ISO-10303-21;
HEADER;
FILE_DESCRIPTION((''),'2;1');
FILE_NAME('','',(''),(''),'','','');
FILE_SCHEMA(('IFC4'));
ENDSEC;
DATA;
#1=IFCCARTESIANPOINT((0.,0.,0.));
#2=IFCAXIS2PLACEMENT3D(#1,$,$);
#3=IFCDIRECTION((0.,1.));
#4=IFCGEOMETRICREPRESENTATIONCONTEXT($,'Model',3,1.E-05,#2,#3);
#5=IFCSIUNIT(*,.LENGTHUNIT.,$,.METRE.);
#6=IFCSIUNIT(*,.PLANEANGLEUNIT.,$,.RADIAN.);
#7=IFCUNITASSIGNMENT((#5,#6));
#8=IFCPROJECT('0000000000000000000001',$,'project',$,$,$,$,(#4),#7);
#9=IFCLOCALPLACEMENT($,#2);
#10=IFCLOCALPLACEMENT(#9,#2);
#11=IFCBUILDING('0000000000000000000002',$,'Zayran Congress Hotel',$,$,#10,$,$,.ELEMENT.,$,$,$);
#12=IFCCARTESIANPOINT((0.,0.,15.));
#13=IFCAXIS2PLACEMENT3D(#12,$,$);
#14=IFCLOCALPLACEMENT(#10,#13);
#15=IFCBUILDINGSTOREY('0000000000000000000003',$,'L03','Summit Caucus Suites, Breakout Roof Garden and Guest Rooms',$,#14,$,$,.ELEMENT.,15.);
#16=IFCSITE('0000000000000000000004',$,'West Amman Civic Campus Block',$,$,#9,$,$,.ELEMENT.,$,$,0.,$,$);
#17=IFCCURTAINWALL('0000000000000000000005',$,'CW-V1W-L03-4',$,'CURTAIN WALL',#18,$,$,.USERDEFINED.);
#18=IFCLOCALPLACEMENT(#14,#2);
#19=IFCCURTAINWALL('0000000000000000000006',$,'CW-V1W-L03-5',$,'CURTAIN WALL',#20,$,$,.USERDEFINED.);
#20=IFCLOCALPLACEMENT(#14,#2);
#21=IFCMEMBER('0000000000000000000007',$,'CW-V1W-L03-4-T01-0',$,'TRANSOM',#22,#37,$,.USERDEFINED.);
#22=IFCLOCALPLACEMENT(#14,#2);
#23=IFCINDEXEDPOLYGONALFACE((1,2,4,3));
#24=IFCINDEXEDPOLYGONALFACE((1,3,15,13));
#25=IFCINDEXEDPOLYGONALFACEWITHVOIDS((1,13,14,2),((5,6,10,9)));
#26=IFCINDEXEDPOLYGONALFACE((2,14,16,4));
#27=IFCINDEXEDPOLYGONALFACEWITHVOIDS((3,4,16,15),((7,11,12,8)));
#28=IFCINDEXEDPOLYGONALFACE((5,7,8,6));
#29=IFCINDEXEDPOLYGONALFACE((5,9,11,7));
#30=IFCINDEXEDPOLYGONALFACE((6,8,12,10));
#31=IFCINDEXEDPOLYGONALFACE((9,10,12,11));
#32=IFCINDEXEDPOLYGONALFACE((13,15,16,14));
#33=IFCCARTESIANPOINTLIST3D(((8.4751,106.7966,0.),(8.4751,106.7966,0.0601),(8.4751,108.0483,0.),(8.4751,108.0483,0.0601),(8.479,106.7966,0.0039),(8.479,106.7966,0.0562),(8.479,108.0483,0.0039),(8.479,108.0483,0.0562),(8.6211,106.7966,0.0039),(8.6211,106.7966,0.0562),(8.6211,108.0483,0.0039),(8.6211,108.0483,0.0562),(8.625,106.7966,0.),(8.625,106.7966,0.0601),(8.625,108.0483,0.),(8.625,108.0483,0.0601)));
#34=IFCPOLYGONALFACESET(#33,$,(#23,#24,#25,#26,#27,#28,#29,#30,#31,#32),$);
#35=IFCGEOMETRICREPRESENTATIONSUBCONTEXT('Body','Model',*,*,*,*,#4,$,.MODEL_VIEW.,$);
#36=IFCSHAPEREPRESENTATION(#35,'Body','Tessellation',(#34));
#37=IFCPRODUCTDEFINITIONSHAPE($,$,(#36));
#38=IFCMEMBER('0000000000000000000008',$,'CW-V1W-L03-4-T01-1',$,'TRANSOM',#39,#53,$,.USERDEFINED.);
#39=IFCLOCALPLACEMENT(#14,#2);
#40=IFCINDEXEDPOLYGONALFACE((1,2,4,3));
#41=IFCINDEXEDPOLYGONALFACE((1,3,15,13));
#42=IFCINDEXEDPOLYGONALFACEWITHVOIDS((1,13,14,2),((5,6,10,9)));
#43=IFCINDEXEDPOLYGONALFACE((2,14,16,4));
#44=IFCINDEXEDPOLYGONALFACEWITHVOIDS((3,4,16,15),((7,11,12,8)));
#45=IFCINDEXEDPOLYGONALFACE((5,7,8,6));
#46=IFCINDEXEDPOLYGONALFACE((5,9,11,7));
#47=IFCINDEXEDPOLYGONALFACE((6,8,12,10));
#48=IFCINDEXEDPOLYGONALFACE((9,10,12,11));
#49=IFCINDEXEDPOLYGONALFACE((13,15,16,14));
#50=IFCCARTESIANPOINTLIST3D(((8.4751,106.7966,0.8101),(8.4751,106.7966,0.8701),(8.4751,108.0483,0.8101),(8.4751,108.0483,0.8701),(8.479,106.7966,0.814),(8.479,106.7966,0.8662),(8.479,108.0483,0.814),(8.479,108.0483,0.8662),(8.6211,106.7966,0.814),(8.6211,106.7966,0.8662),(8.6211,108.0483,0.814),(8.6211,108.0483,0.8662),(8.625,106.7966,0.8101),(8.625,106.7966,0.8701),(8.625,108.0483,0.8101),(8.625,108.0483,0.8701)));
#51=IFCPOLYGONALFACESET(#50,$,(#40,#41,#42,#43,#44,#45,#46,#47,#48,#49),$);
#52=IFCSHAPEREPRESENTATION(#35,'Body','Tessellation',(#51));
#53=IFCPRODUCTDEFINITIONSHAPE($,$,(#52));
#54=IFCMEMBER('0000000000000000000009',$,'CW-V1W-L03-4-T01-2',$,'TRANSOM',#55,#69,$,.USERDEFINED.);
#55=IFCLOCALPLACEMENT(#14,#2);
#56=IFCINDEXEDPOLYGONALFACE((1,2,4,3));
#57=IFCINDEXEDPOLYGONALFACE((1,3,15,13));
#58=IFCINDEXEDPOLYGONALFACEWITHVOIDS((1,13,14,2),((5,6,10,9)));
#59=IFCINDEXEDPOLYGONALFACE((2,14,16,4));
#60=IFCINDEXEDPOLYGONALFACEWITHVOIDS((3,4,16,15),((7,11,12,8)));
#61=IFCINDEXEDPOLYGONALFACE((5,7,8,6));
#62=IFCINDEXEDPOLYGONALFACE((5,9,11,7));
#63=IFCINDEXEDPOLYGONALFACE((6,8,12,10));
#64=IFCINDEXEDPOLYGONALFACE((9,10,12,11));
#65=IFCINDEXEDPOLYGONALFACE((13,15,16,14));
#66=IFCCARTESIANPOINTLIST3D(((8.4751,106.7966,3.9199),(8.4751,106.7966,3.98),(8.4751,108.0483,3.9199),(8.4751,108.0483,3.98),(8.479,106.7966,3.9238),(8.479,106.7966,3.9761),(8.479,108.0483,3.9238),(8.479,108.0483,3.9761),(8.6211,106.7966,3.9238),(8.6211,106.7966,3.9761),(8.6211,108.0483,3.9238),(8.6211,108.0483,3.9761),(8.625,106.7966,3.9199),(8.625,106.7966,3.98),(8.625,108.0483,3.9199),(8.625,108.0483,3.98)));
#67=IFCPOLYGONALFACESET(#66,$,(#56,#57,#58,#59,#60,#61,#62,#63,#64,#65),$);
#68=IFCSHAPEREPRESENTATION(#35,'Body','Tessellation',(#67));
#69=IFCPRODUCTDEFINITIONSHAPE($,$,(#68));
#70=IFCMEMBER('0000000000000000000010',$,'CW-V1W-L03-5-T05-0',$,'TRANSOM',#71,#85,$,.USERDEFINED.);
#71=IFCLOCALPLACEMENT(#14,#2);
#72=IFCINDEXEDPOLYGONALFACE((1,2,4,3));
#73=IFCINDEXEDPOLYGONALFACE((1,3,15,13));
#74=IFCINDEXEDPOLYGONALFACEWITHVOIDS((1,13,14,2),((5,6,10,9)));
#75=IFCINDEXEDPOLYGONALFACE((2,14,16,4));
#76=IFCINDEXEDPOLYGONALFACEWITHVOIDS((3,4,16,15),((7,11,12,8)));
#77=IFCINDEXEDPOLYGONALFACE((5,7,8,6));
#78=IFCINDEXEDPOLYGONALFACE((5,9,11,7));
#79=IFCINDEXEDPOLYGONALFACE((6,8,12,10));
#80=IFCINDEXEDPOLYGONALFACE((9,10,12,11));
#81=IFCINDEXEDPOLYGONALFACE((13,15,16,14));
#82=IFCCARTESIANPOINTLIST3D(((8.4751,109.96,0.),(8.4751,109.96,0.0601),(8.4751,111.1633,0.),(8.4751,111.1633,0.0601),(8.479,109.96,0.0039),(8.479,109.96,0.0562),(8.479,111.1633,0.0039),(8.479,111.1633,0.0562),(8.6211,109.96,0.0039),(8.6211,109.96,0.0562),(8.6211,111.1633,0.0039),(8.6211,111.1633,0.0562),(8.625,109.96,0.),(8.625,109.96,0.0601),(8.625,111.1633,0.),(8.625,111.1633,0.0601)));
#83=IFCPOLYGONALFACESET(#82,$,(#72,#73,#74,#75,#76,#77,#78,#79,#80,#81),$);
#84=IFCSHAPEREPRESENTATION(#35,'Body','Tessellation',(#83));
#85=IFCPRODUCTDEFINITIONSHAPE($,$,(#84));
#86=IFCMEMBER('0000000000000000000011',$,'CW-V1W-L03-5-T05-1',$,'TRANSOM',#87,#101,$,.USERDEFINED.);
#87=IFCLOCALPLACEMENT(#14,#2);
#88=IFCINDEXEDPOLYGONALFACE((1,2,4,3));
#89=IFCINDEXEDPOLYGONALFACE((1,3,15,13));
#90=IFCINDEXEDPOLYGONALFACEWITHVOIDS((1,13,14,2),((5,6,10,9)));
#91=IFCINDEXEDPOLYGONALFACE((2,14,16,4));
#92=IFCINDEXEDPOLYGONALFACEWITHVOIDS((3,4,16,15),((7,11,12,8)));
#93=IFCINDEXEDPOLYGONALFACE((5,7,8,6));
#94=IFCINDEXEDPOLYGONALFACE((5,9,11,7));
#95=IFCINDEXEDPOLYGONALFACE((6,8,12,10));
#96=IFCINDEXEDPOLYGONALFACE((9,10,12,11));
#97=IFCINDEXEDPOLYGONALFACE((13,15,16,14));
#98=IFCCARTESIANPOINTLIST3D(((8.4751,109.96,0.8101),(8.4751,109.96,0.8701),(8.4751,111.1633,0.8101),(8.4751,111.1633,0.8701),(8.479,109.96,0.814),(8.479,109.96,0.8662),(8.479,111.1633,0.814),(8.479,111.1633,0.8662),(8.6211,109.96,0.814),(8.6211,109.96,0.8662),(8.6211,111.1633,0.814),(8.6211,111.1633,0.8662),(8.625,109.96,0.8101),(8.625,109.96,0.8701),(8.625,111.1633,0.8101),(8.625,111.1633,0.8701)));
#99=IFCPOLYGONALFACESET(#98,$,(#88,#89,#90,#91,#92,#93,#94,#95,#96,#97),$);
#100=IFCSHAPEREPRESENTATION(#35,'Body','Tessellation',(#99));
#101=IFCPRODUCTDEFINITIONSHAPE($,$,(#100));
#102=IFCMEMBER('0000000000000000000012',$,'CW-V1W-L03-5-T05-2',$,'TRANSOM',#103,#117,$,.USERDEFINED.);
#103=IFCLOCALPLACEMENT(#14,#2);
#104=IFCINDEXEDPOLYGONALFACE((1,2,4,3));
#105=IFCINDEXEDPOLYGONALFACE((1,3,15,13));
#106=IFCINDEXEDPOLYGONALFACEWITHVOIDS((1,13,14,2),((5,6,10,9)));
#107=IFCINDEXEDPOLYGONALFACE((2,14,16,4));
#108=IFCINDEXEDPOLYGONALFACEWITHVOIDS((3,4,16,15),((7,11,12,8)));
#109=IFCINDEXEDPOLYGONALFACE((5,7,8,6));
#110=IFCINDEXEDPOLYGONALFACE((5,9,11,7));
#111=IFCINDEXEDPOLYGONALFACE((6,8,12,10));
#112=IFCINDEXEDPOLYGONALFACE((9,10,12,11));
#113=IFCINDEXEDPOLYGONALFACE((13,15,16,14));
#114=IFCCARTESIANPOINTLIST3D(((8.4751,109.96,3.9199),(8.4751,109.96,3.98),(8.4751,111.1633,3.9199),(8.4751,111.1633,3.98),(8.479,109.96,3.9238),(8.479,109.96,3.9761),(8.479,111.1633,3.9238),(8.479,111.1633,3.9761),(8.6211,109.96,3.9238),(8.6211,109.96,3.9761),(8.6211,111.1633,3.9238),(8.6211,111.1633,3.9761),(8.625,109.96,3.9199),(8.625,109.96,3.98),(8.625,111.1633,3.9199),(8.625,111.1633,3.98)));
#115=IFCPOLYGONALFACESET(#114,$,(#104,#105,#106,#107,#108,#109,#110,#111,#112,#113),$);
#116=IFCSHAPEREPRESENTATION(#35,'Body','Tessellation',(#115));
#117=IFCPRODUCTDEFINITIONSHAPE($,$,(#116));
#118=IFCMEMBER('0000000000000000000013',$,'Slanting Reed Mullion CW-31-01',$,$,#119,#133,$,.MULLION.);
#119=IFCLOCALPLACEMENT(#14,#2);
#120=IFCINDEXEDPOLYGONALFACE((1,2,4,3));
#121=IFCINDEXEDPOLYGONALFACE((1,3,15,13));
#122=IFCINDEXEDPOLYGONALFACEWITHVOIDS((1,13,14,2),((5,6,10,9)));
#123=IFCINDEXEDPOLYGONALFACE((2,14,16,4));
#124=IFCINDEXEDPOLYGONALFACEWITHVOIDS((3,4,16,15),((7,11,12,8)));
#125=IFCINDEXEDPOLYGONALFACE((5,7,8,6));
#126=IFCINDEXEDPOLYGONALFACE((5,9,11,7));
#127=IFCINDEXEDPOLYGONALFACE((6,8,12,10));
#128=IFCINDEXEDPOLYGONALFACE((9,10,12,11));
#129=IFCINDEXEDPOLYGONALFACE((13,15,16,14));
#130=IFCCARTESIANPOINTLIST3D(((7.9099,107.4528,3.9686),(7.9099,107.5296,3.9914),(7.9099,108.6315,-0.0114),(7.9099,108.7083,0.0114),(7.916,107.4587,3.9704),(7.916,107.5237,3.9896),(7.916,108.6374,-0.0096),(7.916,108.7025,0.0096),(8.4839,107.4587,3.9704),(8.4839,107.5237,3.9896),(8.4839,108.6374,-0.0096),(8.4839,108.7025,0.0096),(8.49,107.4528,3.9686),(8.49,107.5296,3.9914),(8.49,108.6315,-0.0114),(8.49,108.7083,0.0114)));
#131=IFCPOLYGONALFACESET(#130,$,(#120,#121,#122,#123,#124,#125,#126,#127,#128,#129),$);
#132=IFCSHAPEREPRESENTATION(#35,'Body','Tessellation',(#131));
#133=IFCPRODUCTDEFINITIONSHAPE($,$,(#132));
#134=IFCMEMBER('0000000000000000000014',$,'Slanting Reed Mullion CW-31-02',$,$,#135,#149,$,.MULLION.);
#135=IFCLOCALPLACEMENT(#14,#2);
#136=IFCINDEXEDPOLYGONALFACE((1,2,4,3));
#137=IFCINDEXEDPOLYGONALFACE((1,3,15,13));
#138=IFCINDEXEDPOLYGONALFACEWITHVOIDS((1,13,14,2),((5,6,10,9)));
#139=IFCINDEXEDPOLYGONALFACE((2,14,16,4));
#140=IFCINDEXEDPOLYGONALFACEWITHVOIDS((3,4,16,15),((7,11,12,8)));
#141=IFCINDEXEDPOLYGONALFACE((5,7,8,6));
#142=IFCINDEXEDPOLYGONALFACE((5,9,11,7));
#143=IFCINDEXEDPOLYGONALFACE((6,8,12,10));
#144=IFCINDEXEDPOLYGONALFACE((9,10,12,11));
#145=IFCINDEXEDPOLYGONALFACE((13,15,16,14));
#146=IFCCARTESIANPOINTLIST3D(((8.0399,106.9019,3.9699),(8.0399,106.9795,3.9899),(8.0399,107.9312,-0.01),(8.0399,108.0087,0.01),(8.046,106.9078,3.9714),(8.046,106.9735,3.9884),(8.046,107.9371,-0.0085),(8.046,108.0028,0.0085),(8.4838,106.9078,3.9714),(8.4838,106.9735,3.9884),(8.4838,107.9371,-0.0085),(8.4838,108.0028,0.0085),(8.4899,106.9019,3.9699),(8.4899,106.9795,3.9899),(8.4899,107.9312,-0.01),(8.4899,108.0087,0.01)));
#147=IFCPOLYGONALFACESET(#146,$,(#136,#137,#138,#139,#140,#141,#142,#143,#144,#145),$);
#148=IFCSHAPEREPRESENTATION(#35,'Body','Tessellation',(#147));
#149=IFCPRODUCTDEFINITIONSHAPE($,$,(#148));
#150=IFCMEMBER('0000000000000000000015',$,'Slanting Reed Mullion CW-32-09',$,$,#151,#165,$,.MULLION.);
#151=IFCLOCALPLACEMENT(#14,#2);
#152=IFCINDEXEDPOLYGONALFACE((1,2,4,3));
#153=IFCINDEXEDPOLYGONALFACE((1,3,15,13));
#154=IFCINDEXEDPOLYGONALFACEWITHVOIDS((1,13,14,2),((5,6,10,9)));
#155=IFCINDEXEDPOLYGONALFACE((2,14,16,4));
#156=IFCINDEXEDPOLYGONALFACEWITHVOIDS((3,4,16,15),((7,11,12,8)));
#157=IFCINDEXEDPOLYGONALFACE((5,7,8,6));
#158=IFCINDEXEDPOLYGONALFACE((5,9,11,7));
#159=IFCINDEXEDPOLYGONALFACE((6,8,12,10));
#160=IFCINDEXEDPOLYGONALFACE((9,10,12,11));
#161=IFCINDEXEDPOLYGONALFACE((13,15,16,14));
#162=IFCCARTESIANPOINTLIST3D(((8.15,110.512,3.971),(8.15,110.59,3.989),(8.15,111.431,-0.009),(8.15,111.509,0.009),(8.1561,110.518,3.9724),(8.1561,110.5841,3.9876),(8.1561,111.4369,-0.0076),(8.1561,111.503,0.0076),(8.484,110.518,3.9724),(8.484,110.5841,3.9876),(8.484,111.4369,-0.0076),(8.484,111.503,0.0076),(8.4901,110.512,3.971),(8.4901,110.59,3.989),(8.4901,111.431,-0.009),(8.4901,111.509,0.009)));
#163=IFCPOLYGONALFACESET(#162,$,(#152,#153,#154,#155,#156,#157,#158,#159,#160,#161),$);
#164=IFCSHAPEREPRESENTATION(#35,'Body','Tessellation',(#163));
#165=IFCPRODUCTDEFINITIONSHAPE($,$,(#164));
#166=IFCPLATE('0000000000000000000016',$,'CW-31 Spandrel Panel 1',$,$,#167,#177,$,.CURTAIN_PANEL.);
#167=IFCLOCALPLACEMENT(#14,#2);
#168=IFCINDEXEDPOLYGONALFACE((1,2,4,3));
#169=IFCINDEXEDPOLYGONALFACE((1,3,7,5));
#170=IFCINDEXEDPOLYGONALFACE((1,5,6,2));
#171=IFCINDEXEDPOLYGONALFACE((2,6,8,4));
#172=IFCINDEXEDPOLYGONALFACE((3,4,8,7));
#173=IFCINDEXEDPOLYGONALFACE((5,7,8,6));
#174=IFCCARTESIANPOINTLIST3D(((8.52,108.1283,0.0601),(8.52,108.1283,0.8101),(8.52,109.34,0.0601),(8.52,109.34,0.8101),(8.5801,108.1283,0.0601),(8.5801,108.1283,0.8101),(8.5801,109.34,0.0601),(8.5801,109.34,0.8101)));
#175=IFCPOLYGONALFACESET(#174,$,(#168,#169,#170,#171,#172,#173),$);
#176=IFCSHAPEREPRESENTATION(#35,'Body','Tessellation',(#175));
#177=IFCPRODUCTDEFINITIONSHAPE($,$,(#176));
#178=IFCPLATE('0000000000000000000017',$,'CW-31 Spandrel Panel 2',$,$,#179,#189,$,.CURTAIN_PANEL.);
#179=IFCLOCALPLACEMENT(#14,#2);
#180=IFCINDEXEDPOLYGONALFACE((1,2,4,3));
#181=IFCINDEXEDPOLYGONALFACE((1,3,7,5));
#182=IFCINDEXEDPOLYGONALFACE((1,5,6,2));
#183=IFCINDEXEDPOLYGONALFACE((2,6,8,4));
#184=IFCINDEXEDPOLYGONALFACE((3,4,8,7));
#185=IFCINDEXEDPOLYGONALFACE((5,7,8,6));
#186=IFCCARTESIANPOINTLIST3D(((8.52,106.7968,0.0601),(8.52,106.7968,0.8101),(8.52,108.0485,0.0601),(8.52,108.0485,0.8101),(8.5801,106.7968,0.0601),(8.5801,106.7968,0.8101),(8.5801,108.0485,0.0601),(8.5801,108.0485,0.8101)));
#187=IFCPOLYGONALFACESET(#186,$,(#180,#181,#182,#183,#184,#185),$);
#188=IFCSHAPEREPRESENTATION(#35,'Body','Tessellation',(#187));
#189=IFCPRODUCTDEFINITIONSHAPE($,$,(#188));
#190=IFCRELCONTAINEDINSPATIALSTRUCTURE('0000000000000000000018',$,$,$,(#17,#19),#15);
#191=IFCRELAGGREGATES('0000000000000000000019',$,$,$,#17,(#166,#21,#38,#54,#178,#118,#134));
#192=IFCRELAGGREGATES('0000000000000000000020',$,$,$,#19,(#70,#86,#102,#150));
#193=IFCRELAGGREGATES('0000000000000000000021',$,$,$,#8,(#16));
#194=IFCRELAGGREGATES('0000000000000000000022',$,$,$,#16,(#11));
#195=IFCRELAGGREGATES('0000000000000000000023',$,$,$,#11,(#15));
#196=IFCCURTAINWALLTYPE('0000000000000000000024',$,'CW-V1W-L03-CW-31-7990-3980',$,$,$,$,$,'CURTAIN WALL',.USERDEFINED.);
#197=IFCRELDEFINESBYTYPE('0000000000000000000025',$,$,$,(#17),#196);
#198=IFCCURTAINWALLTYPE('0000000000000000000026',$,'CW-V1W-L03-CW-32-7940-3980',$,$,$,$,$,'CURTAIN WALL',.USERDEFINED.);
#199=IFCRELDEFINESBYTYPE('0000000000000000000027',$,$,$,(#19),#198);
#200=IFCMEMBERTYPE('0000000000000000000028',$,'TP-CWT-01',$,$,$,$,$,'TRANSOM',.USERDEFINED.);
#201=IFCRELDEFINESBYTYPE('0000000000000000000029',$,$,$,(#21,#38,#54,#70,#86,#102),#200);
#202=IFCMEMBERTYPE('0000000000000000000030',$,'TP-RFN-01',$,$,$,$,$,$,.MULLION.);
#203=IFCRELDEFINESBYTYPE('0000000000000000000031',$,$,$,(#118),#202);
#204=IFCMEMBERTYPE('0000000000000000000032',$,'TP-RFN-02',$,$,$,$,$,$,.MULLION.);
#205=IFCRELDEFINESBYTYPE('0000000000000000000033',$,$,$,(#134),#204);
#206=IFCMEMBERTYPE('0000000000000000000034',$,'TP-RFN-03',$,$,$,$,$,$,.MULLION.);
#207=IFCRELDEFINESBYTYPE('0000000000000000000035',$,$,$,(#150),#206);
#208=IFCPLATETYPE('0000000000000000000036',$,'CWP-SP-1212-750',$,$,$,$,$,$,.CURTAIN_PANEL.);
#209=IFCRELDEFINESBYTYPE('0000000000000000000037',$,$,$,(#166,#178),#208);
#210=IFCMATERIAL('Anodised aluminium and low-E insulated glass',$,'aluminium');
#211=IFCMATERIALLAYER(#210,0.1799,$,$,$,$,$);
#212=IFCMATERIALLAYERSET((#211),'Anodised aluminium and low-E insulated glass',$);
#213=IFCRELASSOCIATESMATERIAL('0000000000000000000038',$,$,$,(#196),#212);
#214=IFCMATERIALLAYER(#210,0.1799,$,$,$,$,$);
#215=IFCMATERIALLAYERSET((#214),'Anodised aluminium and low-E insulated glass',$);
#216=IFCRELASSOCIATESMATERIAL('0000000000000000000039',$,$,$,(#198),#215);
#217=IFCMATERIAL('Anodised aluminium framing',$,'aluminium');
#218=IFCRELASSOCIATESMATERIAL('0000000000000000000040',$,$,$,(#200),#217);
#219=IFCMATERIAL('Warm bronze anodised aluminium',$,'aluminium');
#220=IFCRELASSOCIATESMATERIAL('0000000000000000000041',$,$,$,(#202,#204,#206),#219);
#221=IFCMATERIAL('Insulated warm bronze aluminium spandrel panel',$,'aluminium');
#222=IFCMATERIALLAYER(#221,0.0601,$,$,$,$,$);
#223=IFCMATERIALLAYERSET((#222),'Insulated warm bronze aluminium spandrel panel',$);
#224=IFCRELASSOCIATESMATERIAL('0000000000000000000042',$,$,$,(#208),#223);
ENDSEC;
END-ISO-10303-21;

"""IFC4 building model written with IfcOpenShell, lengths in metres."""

from ifc_helpers import new_model, si_unit, direction, frame, origin, origin_2d, place, context, subcontext, project, spatial, rectangle, hollow_rectangle, extrude, material, layer, layer_set, material_profile, profile_set, type_object, element, aggregate, save


model = new_model("IFC4")

# Units and contexts
model_context = context("Model", 3, precision=1e-05, world=origin(), true_north=direction((0.0, 1.0)))
body_context = subcontext(model_context, "Body", "Model", "MODEL_VIEW")
ifc_project = project(units=[si_unit("LENGTHUNIT", "METRE"), si_unit("PLANEANGLEUNIT", "RADIAN")], contexts=[model_context])

# Site, building, storey
site_placement = place(None, origin())
site = spatial("IfcSite", under=ifc_project, at=site_placement, Name="West Amman Civic Campus Block", CompositionType="ELEMENT", RefElevation=0.0)
building_placement = place(site_placement, origin())
building = spatial("IfcBuilding", under=site, at=building_placement, Name="Zayran Congress Hotel", CompositionType="ELEMENT")
storey_placement = place(building_placement, frame((0.0, 0.0, 15.0)))
storey = spatial("IfcBuildingStorey", under=building, at=storey_placement, Name="L03", Description="Summit Caucus Suites, Breakout Roof Garden and Guest Rooms", CompositionType="ELEMENT", Elevation=15.0)

# Curtain walls
ifc_material_1 = material(Name="Anodised aluminium and low-E insulated glass", Category="aluminium")
ifc_layer_1 = layer(ifc_material_1, 0.1799)
ifc_layer_set_1 = layer_set([ifc_layer_1], Name="Anodised aluminium and low-E insulated glass")
curtain_wall_type_1 = type_object("IfcCurtainWallType", Name="CW-V1W-L03-CW-31-7990-3980", ElementType="CURTAIN WALL", PredefinedType="USERDEFINED", material=ifc_layer_set_1)
curtain_wall_1_placement = place(storey_placement, origin())
curtain_wall_1 = element("IfcCurtainWall", 1, at=curtain_wall_1_placement, inside=storey, type_object=curtain_wall_type_1, Name="CW-V1W-L03-4", ObjectType="CURTAIN WALL", PredefinedType="USERDEFINED")
ifc_material_2 = material(Name="Anodised aluminium framing", Category="aluminium")
ifc_layer_2 = layer(ifc_material_1, 0.1799)
ifc_layer_set_2 = layer_set([ifc_layer_2], Name="Anodised aluminium and low-E insulated glass")
curtain_wall_type_2 = type_object("IfcCurtainWallType", Name="CW-V1W-L03-CW-32-7940-3980", ElementType="CURTAIN WALL", PredefinedType="USERDEFINED", material=ifc_layer_set_2)
curtain_wall_2_placement = place(storey_placement, origin())
curtain_wall_2 = element("IfcCurtainWall", 2, at=curtain_wall_2_placement, inside=storey, type_object=curtain_wall_type_2, Name="CW-V1W-L03-5", ObjectType="CURTAIN WALL", PredefinedType="USERDEFINED")

# Members
ifc_material_profile_1 = material_profile(ifc_material_2, hollow_rectangle(XDim=0.0601, YDim=0.1499, WallThickness=0.0039, at=origin_2d()), Name="RHS 150x60x4")
ifc_profile_set_1 = profile_set([ifc_material_profile_1], Name="Anodised aluminium framing")
member_type_1 = type_object("IfcMemberType", Name="TP-CWT-01", ElementType="TRANSOM", PredefinedType="USERDEFINED", material=ifc_profile_set_1)
member_1_placement = place(storey_placement, frame((8.55, 108.0483, 0.03), z_axis=(0.0, -1.0, 0.0), x_axis=(0.0, 0.0, 1.0)))
member_1 = element("IfcMember", 3, at=member_1_placement, type_object=member_type_1, Name="CW-V1W-L03-4-T01-0", ObjectType="TRANSOM", PredefinedType="USERDEFINED", context=body_context, shape_type="SweptSolid", body=[
    extrude(hollow_rectangle(XDim=0.0601, YDim=0.1499, WallThickness=0.0039, at=origin_2d()), origin(), (0.0, 0.0, 1.0), 1.2517),
])
member_2_placement = place(storey_placement, frame((8.55, 108.0483, 0.8401), z_axis=(0.0, -1.0, 0.0), x_axis=(0.0, 0.0, 1.0)))
member_2 = element("IfcMember", 4, at=member_2_placement, type_object=member_type_1, Name="CW-V1W-L03-4-T01-1", ObjectType="TRANSOM", PredefinedType="USERDEFINED", context=body_context, shape_type="SweptSolid", body=[
    extrude(hollow_rectangle(XDim=0.0601, YDim=0.1499, WallThickness=0.0039, at=origin_2d()), origin(), (0.0, 0.0, 1.0), 1.2517),
])
member_3_placement = place(storey_placement, frame((8.55, 108.0483, 3.95), z_axis=(0.0, -1.0, 0.0), x_axis=(0.0, 0.0, 1.0)))
member_3 = element("IfcMember", 5, at=member_3_placement, type_object=member_type_1, Name="CW-V1W-L03-4-T01-2", ObjectType="TRANSOM", PredefinedType="USERDEFINED", context=body_context, shape_type="SweptSolid", body=[
    extrude(hollow_rectangle(XDim=0.0601, YDim=0.1499, WallThickness=0.0039, at=origin_2d()), origin(), (0.0, 0.0, 1.0), 1.2517),
])
member_4_placement = place(storey_placement, frame((8.55, 111.1633, 0.03), z_axis=(0.0, -1.0, 0.0), x_axis=(0.0, 0.0, 1.0)))
member_4 = element("IfcMember", 6, at=member_4_placement, type_object=member_type_1, Name="CW-V1W-L03-5-T05-0", ObjectType="TRANSOM", PredefinedType="USERDEFINED", context=body_context, shape_type="SweptSolid", body=[
    extrude(hollow_rectangle(XDim=0.0601, YDim=0.1499, WallThickness=0.0039, at=origin_2d()), origin(), (0.0, 0.0, 1.0), 1.2034),
])
member_5_placement = place(storey_placement, frame((8.55, 111.1633, 0.8401), z_axis=(0.0, -1.0, 0.0), x_axis=(0.0, 0.0, 1.0)))
member_5 = element("IfcMember", 7, at=member_5_placement, type_object=member_type_1, Name="CW-V1W-L03-5-T05-1", ObjectType="TRANSOM", PredefinedType="USERDEFINED", context=body_context, shape_type="SweptSolid", body=[
    extrude(hollow_rectangle(XDim=0.0601, YDim=0.1499, WallThickness=0.0039, at=origin_2d()), origin(), (0.0, 0.0, 1.0), 1.2034),
])
member_6_placement = place(storey_placement, frame((8.55, 111.1633, 3.95), z_axis=(0.0, -1.0, 0.0), x_axis=(0.0, 0.0, 1.0)))
member_6 = element("IfcMember", 8, at=member_6_placement, type_object=member_type_1, Name="CW-V1W-L03-5-T05-2", ObjectType="TRANSOM", PredefinedType="USERDEFINED", context=body_context, shape_type="SweptSolid", body=[
    extrude(hollow_rectangle(XDim=0.0601, YDim=0.1499, WallThickness=0.0039, at=origin_2d()), origin(), (0.0, 0.0, 1.0), 1.2034),
])
ifc_material_3 = material(Name="Warm bronze anodised aluminium", Category="aluminium")
ifc_material_profile_2 = material_profile(ifc_material_3, hollow_rectangle(XDim=0.0801, YDim=0.5801, WallThickness=0.0061, at=origin_2d()), Name="RHS 580x80x6")
ifc_profile_set_2 = profile_set([ifc_material_profile_2], Name="Warm bronze anodised aluminium")
member_type_2 = type_object("IfcMemberType", Name="TP-RFN-01", PredefinedType="MULLION", material=ifc_profile_set_2)
member_7_placement = place(storey_placement, frame((8.2, 108.6699, 0.0), z_axis=(0.0, -0.283968, 0.958834), x_axis=(0.0, 0.958834, 0.283968)))
member_7 = element("IfcMember", 9, at=member_7_placement, type_object=member_type_2, Name="Slanting Reed Mullion CW-31-01", PredefinedType="MULLION", context=body_context, shape_type="SweptSolid", body=[
    extrude(hollow_rectangle(XDim=0.0801, YDim=0.5801, WallThickness=0.0061, at=origin_2d()), origin(), (0.0, 0.0, 1.0), 4.1509),
])
ifc_material_profile_3 = material_profile(ifc_material_3, hollow_rectangle(XDim=0.0801, YDim=0.45, WallThickness=0.0061, at=origin_2d()), Name="RHS 450x80x6")
ifc_profile_set_3 = profile_set([ifc_material_profile_3], Name="Warm bronze anodised aluminium")
member_type_3 = type_object("IfcMemberType", Name="TP-RFN-02", PredefinedType="MULLION", material=ifc_profile_set_3)
member_8_placement = place(storey_placement, frame((8.2649, 107.97, 0.0), z_axis=(0.0, -0.250381, 0.968147), x_axis=(0.0, 0.968147, 0.250381)))
member_8 = element("IfcMember", 10, at=member_8_placement, type_object=member_type_3, Name="Slanting Reed Mullion CW-31-02", PredefinedType="MULLION", context=body_context, shape_type="SweptSolid", body=[
    extrude(hollow_rectangle(XDim=0.0801, YDim=0.45, WallThickness=0.0061, at=origin_2d()), origin(), (0.0, 0.0, 1.0), 4.1108),
])
ifc_material_profile_4 = material_profile(ifc_material_3, hollow_rectangle(XDim=0.0801, YDim=0.3401, WallThickness=0.0061, at=origin_2d()), Name="RHS 340x80x6")
ifc_profile_set_4 = profile_set([ifc_material_profile_4], Name="Warm bronze anodised aluminium")
member_type_4 = type_object("IfcMemberType", Name="TP-RFN-03", PredefinedType="MULLION", material=ifc_profile_set_4)
member_9_placement = place(storey_placement, frame((8.3201, 111.47, 0.0), z_axis=(0.0, -0.224973, 0.974365), x_axis=(0.0, 0.974365, 0.224973)))
member_9 = element("IfcMember", 11, at=member_9_placement, type_object=member_type_4, Name="Slanting Reed Mullion CW-32-09", PredefinedType="MULLION", context=body_context, shape_type="SweptSolid", body=[
    extrude(hollow_rectangle(XDim=0.0801, YDim=0.3401, WallThickness=0.0061, at=origin_2d()), origin(), (0.0, 0.0, 1.0), 4.0847),
])

# Plates
ifc_material_4 = material(Name="Insulated warm bronze aluminium spandrel panel", Category="aluminium")
ifc_layer_3 = layer(ifc_material_4, 0.0601)
ifc_layer_set_3 = layer_set([ifc_layer_3], Name="Insulated warm bronze aluminium spandrel panel")
plate_type_1 = type_object("IfcPlateType", Name="CWP-SP-1212-750", PredefinedType="CURTAIN_PANEL", material=ifc_layer_set_3)
plate_1_placement = place(storey_placement, frame((8.55, 108.7341, 0.0601), z_axis=(0.0, 0.0, 1.0), x_axis=(0.0, 1.0, 0.0)))
plate_1 = element("IfcPlate", 12, at=plate_1_placement, type_object=plate_type_1, Name="CW-31 Spandrel Panel 1", PredefinedType="CURTAIN_PANEL", context=body_context, shape_type="SweptSolid", body=[
    extrude(rectangle(XDim=1.2117, YDim=0.0601, at=origin_2d()), origin(), (0.0, 0.0, 1.0), 0.75),
])
plate_2_placement = place(storey_placement, frame((8.55, 107.4226, 0.0601), z_axis=(0.0, 0.0, 1.0), x_axis=(0.0, 1.0, 0.0)))
plate_2 = element("IfcPlate", 13, at=plate_2_placement, type_object=plate_type_1, Name="CW-31 Spandrel Panel 2", PredefinedType="CURTAIN_PANEL", context=body_context, shape_type="SweptSolid", body=[
    extrude(rectangle(XDim=1.2517, YDim=0.0601, at=origin_2d()), origin(), (0.0, 0.0, 1.0), 0.75),
])
aggregate(curtain_wall_1, [plate_1, member_1, member_2, member_3, plate_2, member_7, member_8])
aggregate(curtain_wall_2, [member_4, member_5, member_6, member_9])

save(model, "model.ifc")
